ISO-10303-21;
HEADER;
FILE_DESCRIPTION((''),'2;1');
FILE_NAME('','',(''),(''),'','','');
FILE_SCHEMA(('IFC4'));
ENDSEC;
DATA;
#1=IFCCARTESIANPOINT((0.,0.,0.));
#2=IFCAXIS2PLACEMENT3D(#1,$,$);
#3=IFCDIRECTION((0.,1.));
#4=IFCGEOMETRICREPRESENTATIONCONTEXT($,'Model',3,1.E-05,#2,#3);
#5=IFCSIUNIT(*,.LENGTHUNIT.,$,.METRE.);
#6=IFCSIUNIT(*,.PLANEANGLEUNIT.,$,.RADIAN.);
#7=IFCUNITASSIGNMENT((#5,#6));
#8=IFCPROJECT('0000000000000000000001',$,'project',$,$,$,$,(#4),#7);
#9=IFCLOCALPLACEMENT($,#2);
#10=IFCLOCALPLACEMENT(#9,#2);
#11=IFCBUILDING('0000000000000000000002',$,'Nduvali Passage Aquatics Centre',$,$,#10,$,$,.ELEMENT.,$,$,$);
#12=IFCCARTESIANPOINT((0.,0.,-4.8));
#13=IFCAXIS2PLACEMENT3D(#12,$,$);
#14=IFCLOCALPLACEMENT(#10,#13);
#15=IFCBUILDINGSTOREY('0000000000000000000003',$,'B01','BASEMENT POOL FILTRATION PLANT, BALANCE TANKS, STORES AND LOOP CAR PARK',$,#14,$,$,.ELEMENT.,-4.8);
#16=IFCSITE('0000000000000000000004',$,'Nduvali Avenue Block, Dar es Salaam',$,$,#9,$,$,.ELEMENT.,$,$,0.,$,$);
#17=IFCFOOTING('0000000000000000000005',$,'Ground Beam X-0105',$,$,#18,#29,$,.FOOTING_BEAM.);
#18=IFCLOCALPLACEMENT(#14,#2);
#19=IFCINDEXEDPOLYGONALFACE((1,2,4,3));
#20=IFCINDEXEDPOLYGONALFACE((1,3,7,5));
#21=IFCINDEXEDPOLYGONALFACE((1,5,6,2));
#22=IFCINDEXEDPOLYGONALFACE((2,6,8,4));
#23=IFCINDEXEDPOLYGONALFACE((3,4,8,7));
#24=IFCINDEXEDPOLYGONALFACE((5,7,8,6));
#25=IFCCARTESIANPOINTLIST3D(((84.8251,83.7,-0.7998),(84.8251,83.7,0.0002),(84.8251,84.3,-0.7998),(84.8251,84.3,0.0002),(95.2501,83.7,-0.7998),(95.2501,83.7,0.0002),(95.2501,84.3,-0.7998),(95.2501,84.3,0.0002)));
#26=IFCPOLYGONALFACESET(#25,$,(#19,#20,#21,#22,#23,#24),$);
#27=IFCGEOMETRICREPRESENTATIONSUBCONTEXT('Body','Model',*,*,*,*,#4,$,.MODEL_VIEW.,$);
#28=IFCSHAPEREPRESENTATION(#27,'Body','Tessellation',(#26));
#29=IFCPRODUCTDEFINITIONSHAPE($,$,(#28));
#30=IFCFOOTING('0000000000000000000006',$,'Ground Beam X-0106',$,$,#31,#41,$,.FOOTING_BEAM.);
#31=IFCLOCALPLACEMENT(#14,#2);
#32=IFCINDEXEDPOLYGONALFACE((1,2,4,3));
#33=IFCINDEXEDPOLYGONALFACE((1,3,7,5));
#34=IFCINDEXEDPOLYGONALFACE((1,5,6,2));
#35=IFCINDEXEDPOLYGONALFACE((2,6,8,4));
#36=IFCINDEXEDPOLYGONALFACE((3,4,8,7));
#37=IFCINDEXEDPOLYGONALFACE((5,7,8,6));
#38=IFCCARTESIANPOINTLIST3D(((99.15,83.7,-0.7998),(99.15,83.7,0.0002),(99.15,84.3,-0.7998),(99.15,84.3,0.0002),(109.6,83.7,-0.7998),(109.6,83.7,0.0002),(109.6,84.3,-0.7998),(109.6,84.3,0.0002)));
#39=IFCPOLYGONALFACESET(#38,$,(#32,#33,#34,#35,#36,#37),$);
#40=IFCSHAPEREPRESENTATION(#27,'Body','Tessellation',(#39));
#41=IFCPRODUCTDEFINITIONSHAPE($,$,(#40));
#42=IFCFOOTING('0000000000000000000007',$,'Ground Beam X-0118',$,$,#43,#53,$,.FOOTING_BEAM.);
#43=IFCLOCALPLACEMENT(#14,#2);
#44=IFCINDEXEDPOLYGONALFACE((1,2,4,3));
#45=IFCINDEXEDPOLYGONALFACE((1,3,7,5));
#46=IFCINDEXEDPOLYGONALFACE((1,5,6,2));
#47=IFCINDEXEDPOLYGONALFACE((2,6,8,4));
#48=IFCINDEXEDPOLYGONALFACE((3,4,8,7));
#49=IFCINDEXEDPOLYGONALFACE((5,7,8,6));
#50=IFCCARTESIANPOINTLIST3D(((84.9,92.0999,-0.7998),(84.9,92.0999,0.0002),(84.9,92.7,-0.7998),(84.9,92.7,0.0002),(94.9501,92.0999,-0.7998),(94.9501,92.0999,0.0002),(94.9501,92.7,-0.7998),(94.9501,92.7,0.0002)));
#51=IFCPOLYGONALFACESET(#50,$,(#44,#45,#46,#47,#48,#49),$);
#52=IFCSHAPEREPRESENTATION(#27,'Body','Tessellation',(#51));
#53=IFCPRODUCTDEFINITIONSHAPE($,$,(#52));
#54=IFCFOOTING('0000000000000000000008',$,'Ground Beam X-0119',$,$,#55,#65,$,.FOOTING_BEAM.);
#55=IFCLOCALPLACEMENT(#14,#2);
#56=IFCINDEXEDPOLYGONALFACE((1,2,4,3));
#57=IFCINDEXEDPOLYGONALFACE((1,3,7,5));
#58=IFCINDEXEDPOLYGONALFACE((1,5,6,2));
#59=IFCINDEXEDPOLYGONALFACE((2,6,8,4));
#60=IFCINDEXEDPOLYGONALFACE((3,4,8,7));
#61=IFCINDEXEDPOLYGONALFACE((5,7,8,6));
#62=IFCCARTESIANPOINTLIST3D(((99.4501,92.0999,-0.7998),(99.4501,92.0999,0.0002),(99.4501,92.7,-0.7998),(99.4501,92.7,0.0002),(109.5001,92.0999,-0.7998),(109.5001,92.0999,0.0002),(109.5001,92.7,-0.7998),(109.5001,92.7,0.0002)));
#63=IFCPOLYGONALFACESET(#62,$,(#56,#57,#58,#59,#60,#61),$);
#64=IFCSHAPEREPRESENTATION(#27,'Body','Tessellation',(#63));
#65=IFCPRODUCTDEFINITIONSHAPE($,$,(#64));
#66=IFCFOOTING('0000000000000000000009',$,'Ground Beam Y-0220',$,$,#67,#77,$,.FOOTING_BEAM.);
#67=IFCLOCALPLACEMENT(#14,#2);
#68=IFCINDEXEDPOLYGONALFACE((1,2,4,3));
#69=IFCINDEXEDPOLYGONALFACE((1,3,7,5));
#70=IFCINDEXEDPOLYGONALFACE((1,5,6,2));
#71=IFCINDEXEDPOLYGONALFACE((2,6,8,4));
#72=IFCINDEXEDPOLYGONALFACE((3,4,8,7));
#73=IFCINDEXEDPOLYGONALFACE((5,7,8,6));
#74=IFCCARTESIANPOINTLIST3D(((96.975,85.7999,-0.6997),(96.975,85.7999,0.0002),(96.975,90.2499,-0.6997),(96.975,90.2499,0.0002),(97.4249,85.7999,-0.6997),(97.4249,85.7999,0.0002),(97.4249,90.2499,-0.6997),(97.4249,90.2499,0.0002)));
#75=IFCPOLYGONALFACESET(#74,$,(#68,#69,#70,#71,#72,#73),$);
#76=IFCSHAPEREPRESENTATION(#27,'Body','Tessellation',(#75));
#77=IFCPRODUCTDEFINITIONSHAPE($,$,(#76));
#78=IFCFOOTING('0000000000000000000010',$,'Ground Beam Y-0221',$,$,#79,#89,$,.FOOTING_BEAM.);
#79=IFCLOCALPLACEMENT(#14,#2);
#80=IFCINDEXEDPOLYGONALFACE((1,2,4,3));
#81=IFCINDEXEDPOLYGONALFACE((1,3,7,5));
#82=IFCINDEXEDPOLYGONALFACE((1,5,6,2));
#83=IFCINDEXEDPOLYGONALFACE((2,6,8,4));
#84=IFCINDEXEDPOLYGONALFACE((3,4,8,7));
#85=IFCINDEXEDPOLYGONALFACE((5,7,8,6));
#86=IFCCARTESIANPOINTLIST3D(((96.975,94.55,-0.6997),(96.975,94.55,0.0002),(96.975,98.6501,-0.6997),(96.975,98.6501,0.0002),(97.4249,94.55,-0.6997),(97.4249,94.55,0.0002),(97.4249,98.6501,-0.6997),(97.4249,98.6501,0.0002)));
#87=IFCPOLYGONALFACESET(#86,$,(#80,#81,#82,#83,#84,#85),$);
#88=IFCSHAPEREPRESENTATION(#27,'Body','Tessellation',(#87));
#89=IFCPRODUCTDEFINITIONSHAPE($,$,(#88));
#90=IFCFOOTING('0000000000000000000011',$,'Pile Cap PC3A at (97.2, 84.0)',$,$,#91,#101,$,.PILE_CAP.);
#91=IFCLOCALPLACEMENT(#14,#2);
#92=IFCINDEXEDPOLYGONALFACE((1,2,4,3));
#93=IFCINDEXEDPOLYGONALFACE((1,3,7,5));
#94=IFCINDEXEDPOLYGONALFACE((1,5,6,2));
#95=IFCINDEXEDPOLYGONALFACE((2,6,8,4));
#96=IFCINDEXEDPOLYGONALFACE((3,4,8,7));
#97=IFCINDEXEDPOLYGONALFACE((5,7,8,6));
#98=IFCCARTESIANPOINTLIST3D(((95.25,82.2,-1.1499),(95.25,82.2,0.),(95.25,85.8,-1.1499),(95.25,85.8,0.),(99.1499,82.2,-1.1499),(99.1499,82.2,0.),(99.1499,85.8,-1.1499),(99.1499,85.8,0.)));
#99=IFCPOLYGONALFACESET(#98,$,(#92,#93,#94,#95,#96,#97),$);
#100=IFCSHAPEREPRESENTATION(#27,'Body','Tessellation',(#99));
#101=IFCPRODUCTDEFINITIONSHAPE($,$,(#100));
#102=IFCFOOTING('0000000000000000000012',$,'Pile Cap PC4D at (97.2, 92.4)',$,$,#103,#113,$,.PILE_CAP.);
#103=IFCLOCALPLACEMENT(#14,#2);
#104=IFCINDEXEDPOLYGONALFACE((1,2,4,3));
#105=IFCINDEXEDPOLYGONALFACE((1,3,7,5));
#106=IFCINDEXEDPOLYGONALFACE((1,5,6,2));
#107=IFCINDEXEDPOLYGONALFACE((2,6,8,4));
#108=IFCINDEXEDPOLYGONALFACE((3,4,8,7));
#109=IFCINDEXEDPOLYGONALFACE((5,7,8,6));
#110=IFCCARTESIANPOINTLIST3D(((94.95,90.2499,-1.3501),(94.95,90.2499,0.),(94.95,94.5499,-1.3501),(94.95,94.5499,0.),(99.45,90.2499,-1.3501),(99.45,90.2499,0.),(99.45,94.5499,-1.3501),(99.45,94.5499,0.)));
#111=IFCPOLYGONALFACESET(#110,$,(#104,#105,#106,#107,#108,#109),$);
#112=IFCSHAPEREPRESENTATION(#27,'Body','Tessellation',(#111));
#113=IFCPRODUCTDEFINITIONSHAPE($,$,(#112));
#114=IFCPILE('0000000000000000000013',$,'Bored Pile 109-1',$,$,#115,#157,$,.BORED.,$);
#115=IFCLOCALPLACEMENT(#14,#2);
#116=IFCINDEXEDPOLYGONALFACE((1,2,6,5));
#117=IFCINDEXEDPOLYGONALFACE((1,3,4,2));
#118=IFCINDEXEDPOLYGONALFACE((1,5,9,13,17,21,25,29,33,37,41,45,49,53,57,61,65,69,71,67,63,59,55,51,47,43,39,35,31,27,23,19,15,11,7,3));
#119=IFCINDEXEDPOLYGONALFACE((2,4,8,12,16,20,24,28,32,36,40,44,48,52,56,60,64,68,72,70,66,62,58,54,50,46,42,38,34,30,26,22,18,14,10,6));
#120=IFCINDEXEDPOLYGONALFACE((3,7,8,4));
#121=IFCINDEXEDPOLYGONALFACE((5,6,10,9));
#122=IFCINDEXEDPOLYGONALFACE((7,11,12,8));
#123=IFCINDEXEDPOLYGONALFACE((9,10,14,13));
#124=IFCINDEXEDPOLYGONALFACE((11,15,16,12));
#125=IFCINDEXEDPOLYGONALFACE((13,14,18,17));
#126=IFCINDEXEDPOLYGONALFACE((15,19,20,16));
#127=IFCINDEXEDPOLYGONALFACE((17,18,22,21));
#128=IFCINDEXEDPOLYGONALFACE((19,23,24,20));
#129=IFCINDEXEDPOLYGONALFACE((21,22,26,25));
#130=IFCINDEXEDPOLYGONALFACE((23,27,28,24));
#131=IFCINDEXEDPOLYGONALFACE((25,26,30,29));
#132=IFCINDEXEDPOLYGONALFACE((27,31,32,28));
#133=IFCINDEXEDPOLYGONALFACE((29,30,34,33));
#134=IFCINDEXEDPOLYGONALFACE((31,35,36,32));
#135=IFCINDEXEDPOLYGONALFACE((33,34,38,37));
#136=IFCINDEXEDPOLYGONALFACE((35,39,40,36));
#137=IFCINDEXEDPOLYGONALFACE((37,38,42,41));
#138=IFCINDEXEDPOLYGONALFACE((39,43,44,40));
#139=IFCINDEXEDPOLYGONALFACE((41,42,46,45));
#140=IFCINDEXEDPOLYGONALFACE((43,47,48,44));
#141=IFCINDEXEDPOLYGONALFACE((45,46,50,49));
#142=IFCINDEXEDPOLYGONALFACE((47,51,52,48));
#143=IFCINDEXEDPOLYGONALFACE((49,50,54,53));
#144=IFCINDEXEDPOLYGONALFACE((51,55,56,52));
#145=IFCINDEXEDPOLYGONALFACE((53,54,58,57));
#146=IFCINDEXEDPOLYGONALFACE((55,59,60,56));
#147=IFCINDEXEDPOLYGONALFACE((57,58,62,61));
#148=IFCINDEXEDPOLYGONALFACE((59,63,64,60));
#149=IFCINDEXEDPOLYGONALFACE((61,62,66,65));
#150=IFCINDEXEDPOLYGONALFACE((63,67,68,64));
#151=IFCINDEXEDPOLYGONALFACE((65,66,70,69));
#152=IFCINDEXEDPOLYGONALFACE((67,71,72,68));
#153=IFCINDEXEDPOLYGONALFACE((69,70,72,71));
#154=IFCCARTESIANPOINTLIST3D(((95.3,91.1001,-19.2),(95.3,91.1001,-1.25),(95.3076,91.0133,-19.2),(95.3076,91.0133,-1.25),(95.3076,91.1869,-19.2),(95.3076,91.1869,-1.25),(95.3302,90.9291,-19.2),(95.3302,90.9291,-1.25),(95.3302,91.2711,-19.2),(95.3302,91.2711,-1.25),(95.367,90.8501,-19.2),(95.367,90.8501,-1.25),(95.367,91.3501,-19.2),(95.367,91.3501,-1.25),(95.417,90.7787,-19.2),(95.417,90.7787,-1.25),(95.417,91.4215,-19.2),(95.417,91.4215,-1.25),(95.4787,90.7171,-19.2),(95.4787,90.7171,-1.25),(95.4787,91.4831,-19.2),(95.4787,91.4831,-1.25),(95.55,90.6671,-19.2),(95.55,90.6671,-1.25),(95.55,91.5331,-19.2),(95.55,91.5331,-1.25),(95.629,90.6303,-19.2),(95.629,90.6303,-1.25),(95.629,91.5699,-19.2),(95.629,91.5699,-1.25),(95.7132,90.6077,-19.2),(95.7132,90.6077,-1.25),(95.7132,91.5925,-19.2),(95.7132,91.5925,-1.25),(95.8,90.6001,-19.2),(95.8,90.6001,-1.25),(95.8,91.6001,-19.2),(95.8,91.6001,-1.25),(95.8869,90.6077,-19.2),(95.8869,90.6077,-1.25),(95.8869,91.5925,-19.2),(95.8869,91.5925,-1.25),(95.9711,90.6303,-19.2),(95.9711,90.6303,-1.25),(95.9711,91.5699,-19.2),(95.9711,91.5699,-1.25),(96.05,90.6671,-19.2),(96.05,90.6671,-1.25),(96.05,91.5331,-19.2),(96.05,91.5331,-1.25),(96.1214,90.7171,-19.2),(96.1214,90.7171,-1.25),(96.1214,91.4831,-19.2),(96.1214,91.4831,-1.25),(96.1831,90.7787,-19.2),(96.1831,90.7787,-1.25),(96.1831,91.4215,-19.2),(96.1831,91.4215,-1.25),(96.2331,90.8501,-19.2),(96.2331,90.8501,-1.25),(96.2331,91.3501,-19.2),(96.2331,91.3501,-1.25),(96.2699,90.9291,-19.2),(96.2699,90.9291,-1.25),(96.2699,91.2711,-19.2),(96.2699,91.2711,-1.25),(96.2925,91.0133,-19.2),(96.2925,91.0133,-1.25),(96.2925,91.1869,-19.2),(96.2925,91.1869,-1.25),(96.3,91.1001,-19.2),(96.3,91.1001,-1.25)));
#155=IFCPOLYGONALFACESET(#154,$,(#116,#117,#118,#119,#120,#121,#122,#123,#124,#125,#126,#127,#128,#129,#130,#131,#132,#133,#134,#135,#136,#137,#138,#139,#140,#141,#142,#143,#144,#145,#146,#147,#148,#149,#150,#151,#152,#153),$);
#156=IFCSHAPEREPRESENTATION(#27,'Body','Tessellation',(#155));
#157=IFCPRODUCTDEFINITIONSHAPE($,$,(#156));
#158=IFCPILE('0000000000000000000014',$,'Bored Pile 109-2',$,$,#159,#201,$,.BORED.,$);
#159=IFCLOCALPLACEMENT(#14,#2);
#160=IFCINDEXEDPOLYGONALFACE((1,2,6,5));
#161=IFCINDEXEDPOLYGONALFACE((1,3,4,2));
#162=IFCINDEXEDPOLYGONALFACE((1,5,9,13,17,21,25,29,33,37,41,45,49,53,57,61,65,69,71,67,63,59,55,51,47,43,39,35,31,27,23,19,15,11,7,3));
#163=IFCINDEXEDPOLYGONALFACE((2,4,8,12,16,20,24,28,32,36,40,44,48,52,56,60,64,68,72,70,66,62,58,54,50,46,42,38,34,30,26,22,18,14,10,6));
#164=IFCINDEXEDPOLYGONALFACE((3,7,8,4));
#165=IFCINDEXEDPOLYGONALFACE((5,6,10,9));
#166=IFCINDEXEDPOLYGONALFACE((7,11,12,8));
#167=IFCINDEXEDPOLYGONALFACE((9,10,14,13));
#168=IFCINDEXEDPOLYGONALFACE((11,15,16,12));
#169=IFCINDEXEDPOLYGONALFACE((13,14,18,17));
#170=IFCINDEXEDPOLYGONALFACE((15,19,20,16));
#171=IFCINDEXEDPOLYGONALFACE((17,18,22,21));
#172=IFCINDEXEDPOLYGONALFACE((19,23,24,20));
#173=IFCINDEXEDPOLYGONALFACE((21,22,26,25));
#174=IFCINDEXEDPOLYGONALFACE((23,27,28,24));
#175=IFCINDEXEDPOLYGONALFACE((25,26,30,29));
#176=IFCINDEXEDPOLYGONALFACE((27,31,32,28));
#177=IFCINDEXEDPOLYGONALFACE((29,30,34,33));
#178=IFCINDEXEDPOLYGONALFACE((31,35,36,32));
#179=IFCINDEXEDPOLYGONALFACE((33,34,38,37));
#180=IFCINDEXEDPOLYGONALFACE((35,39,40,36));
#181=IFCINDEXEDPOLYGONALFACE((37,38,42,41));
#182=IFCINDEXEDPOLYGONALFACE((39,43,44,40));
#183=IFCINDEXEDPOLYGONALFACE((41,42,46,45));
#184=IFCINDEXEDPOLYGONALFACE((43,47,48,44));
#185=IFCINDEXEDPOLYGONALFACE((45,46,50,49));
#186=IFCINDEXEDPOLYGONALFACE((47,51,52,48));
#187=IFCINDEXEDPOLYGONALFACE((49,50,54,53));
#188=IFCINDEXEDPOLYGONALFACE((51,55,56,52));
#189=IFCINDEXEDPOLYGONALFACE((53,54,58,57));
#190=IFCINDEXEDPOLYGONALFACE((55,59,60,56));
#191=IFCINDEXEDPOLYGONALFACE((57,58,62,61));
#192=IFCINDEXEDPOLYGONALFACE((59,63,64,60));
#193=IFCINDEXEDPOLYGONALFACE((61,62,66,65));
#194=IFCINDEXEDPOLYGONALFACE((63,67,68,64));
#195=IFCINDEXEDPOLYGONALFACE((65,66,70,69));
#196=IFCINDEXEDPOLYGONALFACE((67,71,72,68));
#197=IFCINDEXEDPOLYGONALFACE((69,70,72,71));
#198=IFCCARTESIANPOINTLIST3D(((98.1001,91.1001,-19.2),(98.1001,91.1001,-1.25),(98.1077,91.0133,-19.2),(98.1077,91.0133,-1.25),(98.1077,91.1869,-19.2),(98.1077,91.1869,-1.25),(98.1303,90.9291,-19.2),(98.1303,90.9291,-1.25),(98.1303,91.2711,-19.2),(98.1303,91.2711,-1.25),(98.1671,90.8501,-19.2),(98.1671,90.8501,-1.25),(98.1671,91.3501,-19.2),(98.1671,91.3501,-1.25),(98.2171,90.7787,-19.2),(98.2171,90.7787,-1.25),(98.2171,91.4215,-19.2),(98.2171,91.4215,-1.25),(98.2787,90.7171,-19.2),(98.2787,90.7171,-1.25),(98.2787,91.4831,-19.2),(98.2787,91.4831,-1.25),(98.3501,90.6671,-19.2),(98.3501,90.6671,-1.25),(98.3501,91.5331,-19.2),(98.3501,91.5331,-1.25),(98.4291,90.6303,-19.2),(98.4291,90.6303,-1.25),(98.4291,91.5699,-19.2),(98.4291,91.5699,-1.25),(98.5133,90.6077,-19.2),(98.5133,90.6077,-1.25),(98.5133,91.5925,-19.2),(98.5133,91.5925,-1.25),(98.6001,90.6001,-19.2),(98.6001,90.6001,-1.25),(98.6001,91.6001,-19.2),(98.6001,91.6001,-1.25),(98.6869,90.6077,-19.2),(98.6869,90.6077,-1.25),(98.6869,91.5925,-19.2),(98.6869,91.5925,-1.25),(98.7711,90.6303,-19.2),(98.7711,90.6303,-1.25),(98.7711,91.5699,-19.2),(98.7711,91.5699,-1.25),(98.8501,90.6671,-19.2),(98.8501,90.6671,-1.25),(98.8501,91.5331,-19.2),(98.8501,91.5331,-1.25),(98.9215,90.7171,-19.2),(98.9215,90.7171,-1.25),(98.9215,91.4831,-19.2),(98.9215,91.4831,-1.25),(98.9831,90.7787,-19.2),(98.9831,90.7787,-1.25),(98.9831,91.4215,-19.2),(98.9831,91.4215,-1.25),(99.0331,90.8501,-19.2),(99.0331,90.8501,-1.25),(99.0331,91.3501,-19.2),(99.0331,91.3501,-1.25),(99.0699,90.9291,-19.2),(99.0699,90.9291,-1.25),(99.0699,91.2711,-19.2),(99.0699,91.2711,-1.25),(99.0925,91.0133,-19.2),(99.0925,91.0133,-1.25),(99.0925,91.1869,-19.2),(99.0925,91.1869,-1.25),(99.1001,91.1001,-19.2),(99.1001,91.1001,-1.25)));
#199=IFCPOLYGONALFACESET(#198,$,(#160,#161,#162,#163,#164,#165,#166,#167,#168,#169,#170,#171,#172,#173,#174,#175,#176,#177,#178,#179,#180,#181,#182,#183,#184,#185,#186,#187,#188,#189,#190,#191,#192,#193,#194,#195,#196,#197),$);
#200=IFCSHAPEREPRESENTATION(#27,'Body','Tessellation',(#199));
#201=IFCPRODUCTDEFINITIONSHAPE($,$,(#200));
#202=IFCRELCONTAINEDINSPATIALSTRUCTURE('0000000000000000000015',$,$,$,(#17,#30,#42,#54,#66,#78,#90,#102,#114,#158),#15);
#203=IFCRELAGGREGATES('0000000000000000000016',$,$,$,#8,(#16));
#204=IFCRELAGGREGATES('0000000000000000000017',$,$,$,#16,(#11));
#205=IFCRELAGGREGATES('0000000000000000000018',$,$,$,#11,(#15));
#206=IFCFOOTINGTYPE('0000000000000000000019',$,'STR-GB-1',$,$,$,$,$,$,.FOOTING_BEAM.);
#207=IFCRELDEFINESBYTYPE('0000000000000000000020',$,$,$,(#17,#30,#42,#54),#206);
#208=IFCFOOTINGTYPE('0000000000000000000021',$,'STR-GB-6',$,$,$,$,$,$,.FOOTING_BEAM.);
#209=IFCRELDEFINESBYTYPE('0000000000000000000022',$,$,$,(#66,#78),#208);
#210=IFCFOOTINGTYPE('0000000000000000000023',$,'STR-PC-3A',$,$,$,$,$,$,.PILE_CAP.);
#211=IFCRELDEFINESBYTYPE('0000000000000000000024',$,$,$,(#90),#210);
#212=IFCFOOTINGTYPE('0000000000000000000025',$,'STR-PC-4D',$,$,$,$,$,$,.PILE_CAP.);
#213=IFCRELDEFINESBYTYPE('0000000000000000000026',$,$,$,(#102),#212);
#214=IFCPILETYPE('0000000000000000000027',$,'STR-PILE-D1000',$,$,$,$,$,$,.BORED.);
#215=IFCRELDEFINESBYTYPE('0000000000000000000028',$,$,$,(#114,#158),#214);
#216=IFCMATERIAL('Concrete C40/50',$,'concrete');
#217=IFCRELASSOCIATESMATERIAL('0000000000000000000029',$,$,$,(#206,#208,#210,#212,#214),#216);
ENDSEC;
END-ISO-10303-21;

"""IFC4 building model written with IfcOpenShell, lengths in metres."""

from ifc_helpers import new_model, si_unit, direction, frame, origin, origin_2d, place, context, subcontext, project, spatial, rectangle, circle, extrude, material, material_profile, profile_set, type_object, element, save


model = new_model("IFC4")

# Units and contexts
model_context = context("Model", 3, precision=1e-05, world=origin(), true_north=direction((0.0, 1.0)))
body_context = subcontext(model_context, "Body", "Model", "MODEL_VIEW")
ifc_project = project(units=[si_unit("LENGTHUNIT", "METRE"), si_unit("PLANEANGLEUNIT", "RADIAN")], contexts=[model_context])

# Site, building, storey
site_placement = place(None, origin())
site = spatial("IfcSite", under=ifc_project, at=site_placement, Name="Nduvali Avenue Block, Dar es Salaam", CompositionType="ELEMENT", RefElevation=0.0)
building_placement = place(site_placement, origin())
building = spatial("IfcBuilding", under=site, at=building_placement, Name="Nduvali Passage Aquatics Centre", CompositionType="ELEMENT")
storey_placement = place(building_placement, frame((0.0, 0.0, -4.8)))
storey = spatial("IfcBuildingStorey", under=building, at=storey_placement, Name="B01", Description="BASEMENT POOL FILTRATION PLANT, BALANCE TANKS, STORES AND LOOP CAR PARK", CompositionType="ELEMENT", Elevation=-4.8)

# Footings
ifc_material_1 = material(Name="Concrete C40/50", Category="concrete")
footing_type_1 = type_object("IfcFootingType", Name="STR-GB-1", PredefinedType="FOOTING_BEAM", material=ifc_material_1)
footing_1_placement = place(storey_placement, frame((90.0376, 84.0, -0.7998), z_axis=(0.0, 0.0, 1.0), x_axis=(1.0, 0.0, 0.0)))
element("IfcFooting", 1, at=footing_1_placement, inside=storey, type_object=footing_type_1, Name="Ground Beam X-0105", PredefinedType="FOOTING_BEAM", context=body_context, shape_type="SweptSolid", body=[
    extrude(rectangle(XDim=10.425, YDim=0.6001, at=origin_2d()), origin(), (0.0, 0.0, 1.0), 0.8),
])
footing_2_placement = place(storey_placement, frame((104.375, 84.0, -0.7998), z_axis=(0.0, 0.0, 1.0), x_axis=(1.0, 0.0, 0.0)))
element("IfcFooting", 2, at=footing_2_placement, inside=storey, type_object=footing_type_1, Name="Ground Beam X-0106", PredefinedType="FOOTING_BEAM", context=body_context, shape_type="SweptSolid", body=[
    extrude(rectangle(XDim=10.45, YDim=0.6001, at=origin_2d()), origin(), (0.0, 0.0, 1.0), 0.8),
])
for number, where, z_axis, x_axis, name in (
    (3, (89.925, 92.3999, -0.7998), (0.0, 0.0, 1.0), (1.0, 0.0, 0.0), "Ground Beam X-0118"),
    (4, (104.4751, 92.3999, -0.7998), (0.0, 0.0, 1.0), (1.0, 0.0, 0.0), "Ground Beam X-0119"),
):
    element("IfcFooting", number, at=place(storey_placement, frame(where, z_axis=z_axis, x_axis=x_axis)), inside=storey, type_object=footing_type_1, Name=name, PredefinedType="FOOTING_BEAM", context=body_context, shape_type="SweptSolid", body=[
        extrude(rectangle(XDim=10.05, YDim=0.6001, at=origin_2d()), origin(), (0.0, 0.0, 1.0), 0.8),
    ])
footing_type_2 = type_object("IfcFootingType", Name="STR-GB-6", PredefinedType="FOOTING_BEAM", material=ifc_material_1)
footing_3_placement = place(storey_placement, frame((97.2, 88.0249, -0.6997), z_axis=(0.0, 0.0, 1.0), x_axis=(0.0, 1.0, 0.0)))
element("IfcFooting", 5, at=footing_3_placement, inside=storey, type_object=footing_type_2, Name="Ground Beam Y-0220", PredefinedType="FOOTING_BEAM", context=body_context, shape_type="SweptSolid", body=[
    extrude(rectangle(XDim=4.45, YDim=0.45, at=origin_2d()), origin(), (0.0, 0.0, 1.0), 0.7),
])
footing_4_placement = place(storey_placement, frame((97.2, 96.6001, -0.6997), z_axis=(0.0, 0.0, 1.0), x_axis=(0.0, 1.0, 0.0)))
element("IfcFooting", 6, at=footing_4_placement, inside=storey, type_object=footing_type_2, Name="Ground Beam Y-0221", PredefinedType="FOOTING_BEAM", context=body_context, shape_type="SweptSolid", body=[
    extrude(rectangle(XDim=4.1001, YDim=0.45, at=origin_2d()), origin(), (0.0, 0.0, 1.0), 0.7),
])
footing_type_3 = type_object("IfcFootingType", Name="STR-PC-3A", PredefinedType="PILE_CAP", material=ifc_material_1)
footing_5_placement = place(storey_placement, frame((97.2, 84.0, -1.1499), z_axis=(0.0, 0.0, 1.0), x_axis=(1.0, 0.0, 0.0)))
element("IfcFooting", 7, at=footing_5_placement, inside=storey, type_object=footing_type_3, Name="Pile Cap PC3A at (97.2, 84.0)", PredefinedType="PILE_CAP", context=body_context, shape_type="SweptSolid", body=[
    extrude(rectangle(XDim=3.8999, YDim=3.6001, at=origin_2d()), origin(), (0.0, 0.0, 1.0), 1.1499),
])
footing_type_4 = type_object("IfcFootingType", Name="STR-PC-4D", PredefinedType="PILE_CAP", material=ifc_material_1)
footing_6_placement = place(storey_placement, frame((97.2, 92.3999, -1.3501), z_axis=(0.0, 0.0, 1.0), x_axis=(1.0, 0.0, 0.0)))
element("IfcFooting", 8, at=footing_6_placement, inside=storey, type_object=footing_type_4, Name="Pile Cap PC4D at (97.2, 92.4)", PredefinedType="PILE_CAP", context=body_context, shape_type="SweptSolid", body=[
    extrude(rectangle(XDim=4.5, YDim=4.3, at=origin_2d()), origin(), (0.0, 0.0, 1.0), 1.3501),
])

# Piles
ifc_material_profile_1 = material_profile(ifc_material_1, circle(Radius=0.5, at=origin_2d()), Name="PILE D1000")
ifc_profile_set_1 = profile_set([ifc_material_profile_1], Name="Concrete C40/50")
pile_type_1 = type_object("IfcPileType", Name="STR-PILE-D1000", PredefinedType="BORED", material=ifc_profile_set_1)
for number, where, z_axis, x_axis, name in (
    (9, (95.8, 91.1001, -1.25), (0.0, 0.0, -1.0), (1.0, 0.0, 0.0), "Bored Pile 109-1"),
    (10, (98.6001, 91.1001, -1.25), (0.0, 0.0, -1.0), (1.0, 0.0, 0.0), "Bored Pile 109-2"),
):
    element("IfcPile", number, at=place(storey_placement, frame(where, z_axis=z_axis, x_axis=x_axis)), inside=storey, type_object=pile_type_1, Name=name, PredefinedType="BORED", context=body_context, shape_type="SweptSolid", body=[
        extrude(circle(Radius=0.5, at=origin_2d()), origin(), (0.0, 0.0, 1.0), 17.95),
    ])

save(model, "model.ifc")
